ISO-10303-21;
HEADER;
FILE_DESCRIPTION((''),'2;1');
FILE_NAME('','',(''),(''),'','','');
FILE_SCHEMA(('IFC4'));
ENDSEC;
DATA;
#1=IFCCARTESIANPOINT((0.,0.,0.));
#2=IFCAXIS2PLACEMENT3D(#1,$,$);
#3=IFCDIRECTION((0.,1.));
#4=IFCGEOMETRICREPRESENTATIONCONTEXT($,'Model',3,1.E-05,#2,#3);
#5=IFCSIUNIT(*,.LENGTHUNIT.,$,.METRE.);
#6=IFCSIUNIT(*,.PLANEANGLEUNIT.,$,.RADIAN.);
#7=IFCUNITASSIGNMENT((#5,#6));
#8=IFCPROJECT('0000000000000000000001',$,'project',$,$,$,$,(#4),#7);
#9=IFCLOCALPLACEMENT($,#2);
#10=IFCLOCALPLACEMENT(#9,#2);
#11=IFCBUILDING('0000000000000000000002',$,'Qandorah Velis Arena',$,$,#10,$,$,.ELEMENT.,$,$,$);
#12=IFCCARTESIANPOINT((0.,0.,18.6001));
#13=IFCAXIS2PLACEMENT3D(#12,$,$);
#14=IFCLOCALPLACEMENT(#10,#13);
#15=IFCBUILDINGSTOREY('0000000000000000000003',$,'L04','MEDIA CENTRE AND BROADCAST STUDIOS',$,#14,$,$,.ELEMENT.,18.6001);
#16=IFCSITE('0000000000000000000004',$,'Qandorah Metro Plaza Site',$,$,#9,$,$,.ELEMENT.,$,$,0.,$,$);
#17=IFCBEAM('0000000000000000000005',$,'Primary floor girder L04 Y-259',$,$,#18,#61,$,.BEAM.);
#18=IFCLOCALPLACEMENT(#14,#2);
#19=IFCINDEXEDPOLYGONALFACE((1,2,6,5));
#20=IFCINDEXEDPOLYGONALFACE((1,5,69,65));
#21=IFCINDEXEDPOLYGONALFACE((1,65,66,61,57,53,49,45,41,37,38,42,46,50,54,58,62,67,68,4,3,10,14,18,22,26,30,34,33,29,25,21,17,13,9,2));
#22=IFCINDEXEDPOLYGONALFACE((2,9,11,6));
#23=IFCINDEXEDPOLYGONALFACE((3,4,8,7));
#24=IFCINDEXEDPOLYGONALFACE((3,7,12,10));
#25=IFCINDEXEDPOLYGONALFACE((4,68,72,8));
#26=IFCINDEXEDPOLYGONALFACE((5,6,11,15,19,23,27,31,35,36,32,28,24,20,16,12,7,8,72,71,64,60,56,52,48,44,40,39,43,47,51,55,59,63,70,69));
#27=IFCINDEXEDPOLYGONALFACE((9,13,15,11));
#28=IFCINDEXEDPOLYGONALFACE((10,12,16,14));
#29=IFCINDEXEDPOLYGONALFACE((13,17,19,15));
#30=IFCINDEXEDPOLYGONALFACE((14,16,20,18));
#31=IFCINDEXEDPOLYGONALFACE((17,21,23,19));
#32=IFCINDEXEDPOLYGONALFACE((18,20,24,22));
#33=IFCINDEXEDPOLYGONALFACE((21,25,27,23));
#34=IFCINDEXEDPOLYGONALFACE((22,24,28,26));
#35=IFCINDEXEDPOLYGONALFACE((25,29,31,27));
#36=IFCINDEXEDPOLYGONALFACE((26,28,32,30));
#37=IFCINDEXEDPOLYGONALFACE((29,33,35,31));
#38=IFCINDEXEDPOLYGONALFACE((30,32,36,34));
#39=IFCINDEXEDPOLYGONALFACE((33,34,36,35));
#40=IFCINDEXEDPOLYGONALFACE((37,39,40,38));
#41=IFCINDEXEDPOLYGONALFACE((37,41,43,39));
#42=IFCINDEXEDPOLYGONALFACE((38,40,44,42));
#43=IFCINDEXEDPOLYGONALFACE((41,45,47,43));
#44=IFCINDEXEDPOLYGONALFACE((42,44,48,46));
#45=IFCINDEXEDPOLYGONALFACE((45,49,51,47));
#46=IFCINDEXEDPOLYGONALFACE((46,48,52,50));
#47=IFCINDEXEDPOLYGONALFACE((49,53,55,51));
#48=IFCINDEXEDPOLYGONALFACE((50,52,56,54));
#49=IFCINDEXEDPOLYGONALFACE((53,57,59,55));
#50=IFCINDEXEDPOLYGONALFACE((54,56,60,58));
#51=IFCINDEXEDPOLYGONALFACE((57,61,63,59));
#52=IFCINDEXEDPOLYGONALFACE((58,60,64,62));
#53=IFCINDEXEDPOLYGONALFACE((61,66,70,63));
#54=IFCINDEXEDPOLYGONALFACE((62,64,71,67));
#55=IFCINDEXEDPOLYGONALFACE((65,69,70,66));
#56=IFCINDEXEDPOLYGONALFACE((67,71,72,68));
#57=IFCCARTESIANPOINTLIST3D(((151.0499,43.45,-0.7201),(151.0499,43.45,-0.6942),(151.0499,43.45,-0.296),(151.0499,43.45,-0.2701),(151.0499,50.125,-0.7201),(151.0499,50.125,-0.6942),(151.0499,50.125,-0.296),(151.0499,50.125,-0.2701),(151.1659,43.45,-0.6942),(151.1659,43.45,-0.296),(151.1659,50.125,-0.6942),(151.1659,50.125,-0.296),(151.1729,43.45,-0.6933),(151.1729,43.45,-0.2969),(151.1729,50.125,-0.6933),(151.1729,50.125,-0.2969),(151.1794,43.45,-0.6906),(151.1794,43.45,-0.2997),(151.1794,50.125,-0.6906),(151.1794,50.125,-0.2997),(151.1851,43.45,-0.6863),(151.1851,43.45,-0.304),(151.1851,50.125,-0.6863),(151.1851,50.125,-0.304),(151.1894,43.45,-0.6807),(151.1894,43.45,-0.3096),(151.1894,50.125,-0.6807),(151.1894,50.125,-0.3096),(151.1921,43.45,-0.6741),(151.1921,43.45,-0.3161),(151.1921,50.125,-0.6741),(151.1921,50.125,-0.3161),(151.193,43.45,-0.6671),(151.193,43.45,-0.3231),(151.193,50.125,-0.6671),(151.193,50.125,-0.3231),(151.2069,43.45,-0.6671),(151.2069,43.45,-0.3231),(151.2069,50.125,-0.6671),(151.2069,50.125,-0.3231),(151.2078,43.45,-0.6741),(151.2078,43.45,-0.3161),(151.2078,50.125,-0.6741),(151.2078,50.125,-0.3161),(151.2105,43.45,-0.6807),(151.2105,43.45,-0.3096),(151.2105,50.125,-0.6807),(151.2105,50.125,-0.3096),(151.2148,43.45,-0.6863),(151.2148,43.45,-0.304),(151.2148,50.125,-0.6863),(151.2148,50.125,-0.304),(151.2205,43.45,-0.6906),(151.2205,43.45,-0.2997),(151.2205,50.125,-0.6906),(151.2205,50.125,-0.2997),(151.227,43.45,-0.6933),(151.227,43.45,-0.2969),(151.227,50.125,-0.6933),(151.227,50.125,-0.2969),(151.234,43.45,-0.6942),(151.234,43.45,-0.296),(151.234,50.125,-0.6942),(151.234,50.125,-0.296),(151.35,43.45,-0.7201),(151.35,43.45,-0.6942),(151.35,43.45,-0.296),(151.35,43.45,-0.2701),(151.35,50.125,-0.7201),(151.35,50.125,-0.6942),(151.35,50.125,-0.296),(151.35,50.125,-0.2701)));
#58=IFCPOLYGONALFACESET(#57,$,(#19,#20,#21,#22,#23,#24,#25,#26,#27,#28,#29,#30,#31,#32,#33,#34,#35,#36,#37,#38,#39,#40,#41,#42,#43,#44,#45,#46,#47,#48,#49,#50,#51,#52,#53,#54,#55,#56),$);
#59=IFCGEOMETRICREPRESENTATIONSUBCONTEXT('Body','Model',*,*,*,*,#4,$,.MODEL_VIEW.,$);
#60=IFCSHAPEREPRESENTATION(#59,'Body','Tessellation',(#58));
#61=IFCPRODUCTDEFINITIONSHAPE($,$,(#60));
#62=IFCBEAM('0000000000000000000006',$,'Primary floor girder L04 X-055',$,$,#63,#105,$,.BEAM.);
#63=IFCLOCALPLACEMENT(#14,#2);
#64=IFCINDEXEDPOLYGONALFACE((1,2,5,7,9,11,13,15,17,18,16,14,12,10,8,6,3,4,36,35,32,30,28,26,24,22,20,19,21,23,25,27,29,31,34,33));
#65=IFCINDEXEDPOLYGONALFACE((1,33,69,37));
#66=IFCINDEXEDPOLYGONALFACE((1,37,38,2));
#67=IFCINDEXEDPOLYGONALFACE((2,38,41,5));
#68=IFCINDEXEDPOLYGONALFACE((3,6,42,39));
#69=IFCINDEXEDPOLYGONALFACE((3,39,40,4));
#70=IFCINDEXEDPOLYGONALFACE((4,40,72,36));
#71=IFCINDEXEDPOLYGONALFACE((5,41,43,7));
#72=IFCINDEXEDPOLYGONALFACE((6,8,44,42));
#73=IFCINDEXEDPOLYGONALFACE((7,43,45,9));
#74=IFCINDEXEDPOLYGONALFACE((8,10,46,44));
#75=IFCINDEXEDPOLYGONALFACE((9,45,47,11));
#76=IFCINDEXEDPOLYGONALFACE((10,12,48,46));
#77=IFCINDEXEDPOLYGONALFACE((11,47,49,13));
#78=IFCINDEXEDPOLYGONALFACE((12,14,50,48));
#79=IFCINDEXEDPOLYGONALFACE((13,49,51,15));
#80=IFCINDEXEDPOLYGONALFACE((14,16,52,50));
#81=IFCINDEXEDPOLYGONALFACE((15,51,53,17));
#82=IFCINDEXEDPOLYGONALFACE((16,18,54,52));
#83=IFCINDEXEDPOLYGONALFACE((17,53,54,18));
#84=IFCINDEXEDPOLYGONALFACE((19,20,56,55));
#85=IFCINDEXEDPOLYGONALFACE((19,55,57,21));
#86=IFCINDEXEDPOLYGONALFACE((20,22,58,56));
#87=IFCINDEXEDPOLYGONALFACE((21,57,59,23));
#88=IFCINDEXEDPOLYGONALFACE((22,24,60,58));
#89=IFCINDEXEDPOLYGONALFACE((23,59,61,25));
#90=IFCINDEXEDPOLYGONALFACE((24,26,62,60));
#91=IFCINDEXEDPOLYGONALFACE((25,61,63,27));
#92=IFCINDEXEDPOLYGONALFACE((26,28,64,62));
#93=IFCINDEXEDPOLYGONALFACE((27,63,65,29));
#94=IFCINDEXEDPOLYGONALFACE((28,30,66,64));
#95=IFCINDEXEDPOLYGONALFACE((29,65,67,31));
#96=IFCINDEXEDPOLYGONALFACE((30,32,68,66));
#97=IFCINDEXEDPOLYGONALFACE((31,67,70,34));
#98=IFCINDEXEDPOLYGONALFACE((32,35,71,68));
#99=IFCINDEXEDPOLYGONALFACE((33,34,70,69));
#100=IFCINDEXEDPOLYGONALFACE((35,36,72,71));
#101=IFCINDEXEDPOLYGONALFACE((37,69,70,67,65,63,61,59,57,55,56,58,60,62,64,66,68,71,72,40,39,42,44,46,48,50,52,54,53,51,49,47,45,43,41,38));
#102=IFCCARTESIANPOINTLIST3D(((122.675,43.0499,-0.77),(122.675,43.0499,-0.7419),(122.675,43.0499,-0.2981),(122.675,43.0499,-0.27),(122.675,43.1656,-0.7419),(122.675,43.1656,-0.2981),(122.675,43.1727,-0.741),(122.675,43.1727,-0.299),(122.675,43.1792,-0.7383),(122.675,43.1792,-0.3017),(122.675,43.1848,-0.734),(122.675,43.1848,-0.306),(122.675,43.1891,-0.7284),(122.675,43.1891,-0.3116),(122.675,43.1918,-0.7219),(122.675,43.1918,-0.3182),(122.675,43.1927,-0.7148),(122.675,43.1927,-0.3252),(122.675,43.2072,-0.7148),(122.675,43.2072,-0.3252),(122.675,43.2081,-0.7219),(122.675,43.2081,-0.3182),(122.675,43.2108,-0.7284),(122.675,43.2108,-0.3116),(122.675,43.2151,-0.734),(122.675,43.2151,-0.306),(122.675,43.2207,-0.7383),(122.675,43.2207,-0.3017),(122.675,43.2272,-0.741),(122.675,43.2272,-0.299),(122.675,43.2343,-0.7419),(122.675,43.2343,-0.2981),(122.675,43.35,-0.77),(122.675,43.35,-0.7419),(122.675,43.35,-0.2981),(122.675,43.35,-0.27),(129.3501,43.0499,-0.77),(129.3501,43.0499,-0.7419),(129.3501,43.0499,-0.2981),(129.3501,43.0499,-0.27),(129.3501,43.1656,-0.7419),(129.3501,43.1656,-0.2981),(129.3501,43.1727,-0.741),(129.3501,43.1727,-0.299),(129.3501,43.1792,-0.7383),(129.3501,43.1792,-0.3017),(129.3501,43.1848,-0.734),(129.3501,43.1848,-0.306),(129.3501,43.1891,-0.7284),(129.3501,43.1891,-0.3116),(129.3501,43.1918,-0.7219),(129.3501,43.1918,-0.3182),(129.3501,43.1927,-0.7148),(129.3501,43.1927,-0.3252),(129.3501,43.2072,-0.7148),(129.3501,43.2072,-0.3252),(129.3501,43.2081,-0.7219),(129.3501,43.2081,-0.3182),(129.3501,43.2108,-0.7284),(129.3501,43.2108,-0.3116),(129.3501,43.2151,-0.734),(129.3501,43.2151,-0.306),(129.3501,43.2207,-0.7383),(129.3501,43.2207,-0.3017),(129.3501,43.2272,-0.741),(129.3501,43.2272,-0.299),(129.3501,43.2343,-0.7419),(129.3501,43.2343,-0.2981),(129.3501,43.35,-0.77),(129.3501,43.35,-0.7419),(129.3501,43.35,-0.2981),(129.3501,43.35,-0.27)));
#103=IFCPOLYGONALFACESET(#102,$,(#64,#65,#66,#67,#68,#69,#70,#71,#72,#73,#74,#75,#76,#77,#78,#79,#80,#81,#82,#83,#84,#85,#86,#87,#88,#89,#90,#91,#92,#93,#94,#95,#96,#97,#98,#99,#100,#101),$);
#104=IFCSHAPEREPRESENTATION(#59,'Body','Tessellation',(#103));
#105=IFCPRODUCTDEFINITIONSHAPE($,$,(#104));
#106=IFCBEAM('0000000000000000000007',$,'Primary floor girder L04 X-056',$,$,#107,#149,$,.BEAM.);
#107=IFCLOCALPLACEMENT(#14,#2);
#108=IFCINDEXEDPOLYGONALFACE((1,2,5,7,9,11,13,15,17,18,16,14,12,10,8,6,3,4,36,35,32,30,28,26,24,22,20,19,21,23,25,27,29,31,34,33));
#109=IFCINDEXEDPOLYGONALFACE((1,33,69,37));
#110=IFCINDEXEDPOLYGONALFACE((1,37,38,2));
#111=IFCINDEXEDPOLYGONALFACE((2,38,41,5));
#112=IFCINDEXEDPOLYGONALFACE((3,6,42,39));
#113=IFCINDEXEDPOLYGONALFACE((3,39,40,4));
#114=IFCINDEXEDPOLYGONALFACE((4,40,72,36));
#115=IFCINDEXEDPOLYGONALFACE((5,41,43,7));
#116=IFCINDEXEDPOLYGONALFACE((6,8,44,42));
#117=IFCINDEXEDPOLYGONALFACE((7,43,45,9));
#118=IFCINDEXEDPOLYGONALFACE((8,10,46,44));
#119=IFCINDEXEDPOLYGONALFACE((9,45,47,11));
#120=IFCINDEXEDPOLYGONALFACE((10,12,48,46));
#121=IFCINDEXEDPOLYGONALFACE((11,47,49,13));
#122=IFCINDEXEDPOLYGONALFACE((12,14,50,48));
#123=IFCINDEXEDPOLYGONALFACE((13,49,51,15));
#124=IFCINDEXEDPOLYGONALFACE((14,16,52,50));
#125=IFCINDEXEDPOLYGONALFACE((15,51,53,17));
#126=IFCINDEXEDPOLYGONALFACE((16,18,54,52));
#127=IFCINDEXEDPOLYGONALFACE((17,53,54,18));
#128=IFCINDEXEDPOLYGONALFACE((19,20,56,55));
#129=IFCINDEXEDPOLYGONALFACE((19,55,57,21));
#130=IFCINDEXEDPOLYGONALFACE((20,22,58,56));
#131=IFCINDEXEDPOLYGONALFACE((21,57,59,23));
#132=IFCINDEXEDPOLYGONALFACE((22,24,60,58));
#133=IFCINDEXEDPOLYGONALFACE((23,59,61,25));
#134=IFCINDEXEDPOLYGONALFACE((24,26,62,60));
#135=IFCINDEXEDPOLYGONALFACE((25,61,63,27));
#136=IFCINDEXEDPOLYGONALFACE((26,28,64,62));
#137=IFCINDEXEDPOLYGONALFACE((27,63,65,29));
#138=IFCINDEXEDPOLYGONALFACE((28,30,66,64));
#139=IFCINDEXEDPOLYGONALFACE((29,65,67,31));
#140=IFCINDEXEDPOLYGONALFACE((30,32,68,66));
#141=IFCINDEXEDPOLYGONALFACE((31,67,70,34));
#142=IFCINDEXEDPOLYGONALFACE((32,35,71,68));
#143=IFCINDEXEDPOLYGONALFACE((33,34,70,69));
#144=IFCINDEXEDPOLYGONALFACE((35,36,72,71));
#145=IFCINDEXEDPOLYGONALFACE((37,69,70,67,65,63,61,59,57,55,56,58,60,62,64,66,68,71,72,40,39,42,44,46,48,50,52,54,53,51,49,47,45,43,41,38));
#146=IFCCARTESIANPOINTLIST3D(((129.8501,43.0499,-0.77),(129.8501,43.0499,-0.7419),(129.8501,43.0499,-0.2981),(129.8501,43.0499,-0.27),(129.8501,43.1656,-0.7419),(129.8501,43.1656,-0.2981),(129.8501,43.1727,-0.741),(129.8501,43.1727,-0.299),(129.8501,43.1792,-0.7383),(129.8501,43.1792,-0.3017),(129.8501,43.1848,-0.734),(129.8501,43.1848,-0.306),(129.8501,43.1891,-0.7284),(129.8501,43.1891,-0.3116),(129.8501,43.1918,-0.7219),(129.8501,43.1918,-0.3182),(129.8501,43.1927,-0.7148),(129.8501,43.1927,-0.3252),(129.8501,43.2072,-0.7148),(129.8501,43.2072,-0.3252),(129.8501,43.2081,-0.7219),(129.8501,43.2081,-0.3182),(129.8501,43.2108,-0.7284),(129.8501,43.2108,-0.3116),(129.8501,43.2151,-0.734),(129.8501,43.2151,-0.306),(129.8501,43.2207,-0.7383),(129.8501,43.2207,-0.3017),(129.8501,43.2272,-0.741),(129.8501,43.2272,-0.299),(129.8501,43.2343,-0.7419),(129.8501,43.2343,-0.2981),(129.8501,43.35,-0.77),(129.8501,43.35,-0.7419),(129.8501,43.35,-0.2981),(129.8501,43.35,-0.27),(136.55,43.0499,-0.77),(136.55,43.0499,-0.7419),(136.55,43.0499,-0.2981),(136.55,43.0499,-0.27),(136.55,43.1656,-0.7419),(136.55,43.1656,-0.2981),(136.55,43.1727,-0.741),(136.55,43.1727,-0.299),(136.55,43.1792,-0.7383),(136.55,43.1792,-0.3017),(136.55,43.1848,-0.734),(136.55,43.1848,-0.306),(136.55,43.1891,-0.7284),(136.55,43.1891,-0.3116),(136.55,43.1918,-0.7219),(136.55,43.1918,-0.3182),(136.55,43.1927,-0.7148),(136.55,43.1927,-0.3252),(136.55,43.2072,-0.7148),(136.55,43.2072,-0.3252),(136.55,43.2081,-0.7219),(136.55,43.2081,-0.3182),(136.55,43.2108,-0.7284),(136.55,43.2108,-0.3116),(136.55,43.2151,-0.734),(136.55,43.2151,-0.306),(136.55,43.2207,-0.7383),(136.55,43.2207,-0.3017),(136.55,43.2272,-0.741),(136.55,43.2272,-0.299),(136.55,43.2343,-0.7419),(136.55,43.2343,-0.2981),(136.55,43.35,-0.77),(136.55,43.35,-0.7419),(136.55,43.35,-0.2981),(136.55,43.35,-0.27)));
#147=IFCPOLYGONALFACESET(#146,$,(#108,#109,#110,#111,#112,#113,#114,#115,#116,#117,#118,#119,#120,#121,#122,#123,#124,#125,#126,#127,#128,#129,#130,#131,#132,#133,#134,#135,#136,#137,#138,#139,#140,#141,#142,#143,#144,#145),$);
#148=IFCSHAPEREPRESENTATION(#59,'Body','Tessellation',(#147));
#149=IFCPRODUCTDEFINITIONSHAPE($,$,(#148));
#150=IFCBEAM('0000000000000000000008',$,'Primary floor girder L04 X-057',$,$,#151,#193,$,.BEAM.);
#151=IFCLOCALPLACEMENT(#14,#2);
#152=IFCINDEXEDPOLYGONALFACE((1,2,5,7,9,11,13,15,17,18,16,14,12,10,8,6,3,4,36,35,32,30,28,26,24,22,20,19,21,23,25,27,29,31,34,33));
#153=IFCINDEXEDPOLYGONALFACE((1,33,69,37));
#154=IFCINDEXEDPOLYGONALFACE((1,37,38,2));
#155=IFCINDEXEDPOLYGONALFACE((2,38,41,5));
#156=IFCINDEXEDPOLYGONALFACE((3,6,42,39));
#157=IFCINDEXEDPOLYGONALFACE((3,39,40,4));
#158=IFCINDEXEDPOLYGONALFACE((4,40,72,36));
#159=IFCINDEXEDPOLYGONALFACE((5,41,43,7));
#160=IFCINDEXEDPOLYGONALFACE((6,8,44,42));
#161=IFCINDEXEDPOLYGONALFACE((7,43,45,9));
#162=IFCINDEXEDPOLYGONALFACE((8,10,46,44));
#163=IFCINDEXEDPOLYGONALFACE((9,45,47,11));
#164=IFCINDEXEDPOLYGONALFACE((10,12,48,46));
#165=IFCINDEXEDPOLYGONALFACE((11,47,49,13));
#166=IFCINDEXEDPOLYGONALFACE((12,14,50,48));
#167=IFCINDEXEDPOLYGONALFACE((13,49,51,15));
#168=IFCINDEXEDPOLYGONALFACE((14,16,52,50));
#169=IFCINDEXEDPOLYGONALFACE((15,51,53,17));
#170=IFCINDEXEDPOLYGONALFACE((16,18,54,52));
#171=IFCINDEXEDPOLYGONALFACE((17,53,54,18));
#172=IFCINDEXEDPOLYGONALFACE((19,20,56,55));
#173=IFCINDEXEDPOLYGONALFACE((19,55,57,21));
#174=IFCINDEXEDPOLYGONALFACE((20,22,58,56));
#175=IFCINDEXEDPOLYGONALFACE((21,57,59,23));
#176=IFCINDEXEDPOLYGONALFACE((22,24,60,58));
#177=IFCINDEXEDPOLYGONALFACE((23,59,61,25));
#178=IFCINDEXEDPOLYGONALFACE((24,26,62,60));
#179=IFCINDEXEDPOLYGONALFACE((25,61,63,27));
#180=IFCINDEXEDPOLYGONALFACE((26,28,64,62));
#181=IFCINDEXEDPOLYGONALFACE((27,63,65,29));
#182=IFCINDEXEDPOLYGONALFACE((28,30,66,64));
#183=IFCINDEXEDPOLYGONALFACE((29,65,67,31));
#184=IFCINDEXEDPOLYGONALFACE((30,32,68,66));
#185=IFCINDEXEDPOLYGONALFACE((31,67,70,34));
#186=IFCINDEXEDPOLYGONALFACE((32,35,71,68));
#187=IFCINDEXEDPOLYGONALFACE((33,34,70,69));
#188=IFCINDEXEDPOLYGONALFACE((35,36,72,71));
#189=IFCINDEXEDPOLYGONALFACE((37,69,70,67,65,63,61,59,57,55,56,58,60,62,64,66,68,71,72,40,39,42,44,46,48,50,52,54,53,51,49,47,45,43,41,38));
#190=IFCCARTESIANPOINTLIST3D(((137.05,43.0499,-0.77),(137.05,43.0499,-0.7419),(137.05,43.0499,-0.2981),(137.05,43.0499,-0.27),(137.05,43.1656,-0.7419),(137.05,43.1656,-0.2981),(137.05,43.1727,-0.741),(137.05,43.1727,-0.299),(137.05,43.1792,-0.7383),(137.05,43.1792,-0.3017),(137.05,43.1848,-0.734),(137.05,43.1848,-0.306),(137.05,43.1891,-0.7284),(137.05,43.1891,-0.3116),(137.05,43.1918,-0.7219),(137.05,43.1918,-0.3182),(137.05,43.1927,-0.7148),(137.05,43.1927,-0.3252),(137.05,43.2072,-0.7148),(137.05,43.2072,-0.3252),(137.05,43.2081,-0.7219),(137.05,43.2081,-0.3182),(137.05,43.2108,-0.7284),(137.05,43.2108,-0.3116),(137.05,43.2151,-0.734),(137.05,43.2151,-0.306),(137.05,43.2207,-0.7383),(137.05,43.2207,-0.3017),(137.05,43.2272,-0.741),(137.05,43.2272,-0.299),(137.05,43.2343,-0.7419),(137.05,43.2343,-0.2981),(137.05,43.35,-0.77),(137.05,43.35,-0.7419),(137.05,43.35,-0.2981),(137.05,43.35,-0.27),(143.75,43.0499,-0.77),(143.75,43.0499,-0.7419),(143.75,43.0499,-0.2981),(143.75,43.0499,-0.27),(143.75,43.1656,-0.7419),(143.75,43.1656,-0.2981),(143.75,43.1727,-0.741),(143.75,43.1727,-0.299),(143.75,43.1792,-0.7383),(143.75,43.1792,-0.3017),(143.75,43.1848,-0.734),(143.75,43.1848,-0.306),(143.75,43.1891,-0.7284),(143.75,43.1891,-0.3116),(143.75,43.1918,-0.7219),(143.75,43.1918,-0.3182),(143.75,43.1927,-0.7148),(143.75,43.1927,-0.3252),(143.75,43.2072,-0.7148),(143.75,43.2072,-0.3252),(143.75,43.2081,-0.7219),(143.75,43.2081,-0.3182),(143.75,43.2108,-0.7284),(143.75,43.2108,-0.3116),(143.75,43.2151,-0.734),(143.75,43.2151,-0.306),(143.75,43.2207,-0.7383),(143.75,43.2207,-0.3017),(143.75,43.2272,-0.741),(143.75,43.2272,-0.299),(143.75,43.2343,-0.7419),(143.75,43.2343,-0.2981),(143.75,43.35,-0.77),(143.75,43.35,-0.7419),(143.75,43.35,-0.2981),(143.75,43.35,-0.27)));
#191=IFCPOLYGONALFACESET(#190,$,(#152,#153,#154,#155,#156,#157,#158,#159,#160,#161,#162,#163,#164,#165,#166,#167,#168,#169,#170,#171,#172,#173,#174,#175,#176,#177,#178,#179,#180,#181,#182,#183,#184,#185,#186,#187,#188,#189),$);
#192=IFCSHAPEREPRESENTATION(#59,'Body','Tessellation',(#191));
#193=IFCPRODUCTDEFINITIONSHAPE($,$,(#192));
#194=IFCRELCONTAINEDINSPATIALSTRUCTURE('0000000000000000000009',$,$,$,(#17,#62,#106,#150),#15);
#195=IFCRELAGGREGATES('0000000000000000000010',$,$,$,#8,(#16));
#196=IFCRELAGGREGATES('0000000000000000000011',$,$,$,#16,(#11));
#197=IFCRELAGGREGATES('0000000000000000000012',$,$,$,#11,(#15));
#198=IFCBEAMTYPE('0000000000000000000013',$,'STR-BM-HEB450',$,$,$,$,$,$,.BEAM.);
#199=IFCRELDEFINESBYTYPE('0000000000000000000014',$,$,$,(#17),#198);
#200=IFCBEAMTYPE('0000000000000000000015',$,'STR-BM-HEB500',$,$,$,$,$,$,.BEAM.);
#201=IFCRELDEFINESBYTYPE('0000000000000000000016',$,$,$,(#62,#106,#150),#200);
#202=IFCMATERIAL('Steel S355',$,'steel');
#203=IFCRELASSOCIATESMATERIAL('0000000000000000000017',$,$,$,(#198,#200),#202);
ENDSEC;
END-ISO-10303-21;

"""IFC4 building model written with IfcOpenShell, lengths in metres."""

from ifc_helpers import new_model, si_unit, direction, frame, origin, origin_2d, place, context, subcontext, project, spatial, i_section, extrude, material, material_profile, profile_set, type_object, element, save


model = new_model("IFC4")

# Units and contexts
model_context = context("Model", 3, precision=1e-05, world=origin(), true_north=direction((0.0, 1.0)))
body_context = subcontext(model_context, "Body", "Model", "MODEL_VIEW")
ifc_project = project(units=[si_unit("LENGTHUNIT", "METRE"), si_unit("PLANEANGLEUNIT", "RADIAN")], contexts=[model_context])

# Site, building, storey
site_placement = place(None, origin())
site = spatial("IfcSite", under=ifc_project, at=site_placement, Name="Qandorah Metro Plaza Site", CompositionType="ELEMENT", RefElevation=0.0)
building_placement = place(site_placement, origin())
building = spatial("IfcBuilding", under=site, at=building_placement, Name="Qandorah Velis Arena", CompositionType="ELEMENT")
storey_placement = place(building_placement, frame((0.0, 0.0, 18.6001)))
storey = spatial("IfcBuildingStorey", under=building, at=storey_placement, Name="L04", Description="MEDIA CENTRE AND BROADCAST STUDIOS", CompositionType="ELEMENT", Elevation=18.6001)

# Beams
ifc_material_1 = material(Name="Steel S355", Category="steel")
ifc_material_profile_1 = material_profile(ifc_material_1, i_section(OverallWidth=0.3, OverallDepth=0.45, WebThickness=0.0139, FlangeThickness=0.0259, FilletRadius=0.0271, at=origin_2d()), Name="HEB 450")
ifc_profile_set_1 = profile_set([ifc_material_profile_1], Name="Steel S355")
beam_type_1 = type_object("IfcBeamType", Name="STR-BM-HEB450", PredefinedType="BEAM", material=ifc_profile_set_1)
for number, where, z_axis, x_axis, name in (
    (1, (151.2, 43.45, -0.4951), (0.0, 1.0, 0.0), (-1.0, 0.0, 0.0), "Primary floor girder L04 Y-259"),
):
    element("IfcBeam", number, at=place(storey_placement, frame(where, z_axis=z_axis, x_axis=x_axis)), inside=storey, type_object=beam_type_1, Name=name, PredefinedType="BEAM", context=body_context, shape_type="SweptSolid", body=[
        extrude(i_section(OverallWidth=0.3, OverallDepth=0.45, WebThickness=0.0139, FlangeThickness=0.0259, FilletRadius=0.0271, at=origin_2d()), origin(), (0.0, 0.0, 1.0), 6.675),
    ])
ifc_material_profile_2 = material_profile(ifc_material_1, i_section(OverallWidth=0.3, OverallDepth=0.5, WebThickness=0.0144, FlangeThickness=0.0281, FilletRadius=0.0271, at=origin_2d()), Name="HEB 500")
ifc_profile_set_2 = profile_set([ifc_material_profile_2], Name="Steel S355")
beam_type_2 = type_object("IfcBeamType", Name="STR-BM-HEB500", PredefinedType="BEAM", material=ifc_profile_set_2)
beam_1_placement = place(storey_placement, frame((122.675, 43.2, -0.52), z_axis=(1.0, 0.0, 0.0), x_axis=(0.0, 1.0, 0.0)))
element("IfcBeam", 2, at=beam_1_placement, inside=storey, type_object=beam_type_2, Name="Primary floor girder L04 X-055", PredefinedType="BEAM", context=body_context, shape_type="SweptSolid", body=[
    extrude(i_section(OverallWidth=0.3, OverallDepth=0.5, WebThickness=0.0144, FlangeThickness=0.0281, FilletRadius=0.0271, at=origin_2d()), origin(), (0.0, 0.0, 1.0), 6.675),
])
for number, where, z_axis, x_axis, name in (
    (3, (129.8501, 43.2, -0.52), (1.0, 0.0, 0.0), (0.0, 1.0, 0.0), "Primary floor girder L04 X-056"),
    (4, (137.05, 43.2, -0.52), (1.0, 0.0, 0.0), (0.0, 1.0, 0.0), "Primary floor girder L04 X-057"),
):
    element("IfcBeam", number, at=place(storey_placement, frame(where, z_axis=z_axis, x_axis=x_axis)), inside=storey, type_object=beam_type_2, Name=name, PredefinedType="BEAM", context=body_context, shape_type="SweptSolid", body=[
        extrude(i_section(OverallWidth=0.3, OverallDepth=0.5, WebThickness=0.0144, FlangeThickness=0.0281, FilletRadius=0.0271, at=origin_2d()), origin(), (0.0, 0.0, 1.0), 6.7),
    ])

save(model, "model.ifc")
